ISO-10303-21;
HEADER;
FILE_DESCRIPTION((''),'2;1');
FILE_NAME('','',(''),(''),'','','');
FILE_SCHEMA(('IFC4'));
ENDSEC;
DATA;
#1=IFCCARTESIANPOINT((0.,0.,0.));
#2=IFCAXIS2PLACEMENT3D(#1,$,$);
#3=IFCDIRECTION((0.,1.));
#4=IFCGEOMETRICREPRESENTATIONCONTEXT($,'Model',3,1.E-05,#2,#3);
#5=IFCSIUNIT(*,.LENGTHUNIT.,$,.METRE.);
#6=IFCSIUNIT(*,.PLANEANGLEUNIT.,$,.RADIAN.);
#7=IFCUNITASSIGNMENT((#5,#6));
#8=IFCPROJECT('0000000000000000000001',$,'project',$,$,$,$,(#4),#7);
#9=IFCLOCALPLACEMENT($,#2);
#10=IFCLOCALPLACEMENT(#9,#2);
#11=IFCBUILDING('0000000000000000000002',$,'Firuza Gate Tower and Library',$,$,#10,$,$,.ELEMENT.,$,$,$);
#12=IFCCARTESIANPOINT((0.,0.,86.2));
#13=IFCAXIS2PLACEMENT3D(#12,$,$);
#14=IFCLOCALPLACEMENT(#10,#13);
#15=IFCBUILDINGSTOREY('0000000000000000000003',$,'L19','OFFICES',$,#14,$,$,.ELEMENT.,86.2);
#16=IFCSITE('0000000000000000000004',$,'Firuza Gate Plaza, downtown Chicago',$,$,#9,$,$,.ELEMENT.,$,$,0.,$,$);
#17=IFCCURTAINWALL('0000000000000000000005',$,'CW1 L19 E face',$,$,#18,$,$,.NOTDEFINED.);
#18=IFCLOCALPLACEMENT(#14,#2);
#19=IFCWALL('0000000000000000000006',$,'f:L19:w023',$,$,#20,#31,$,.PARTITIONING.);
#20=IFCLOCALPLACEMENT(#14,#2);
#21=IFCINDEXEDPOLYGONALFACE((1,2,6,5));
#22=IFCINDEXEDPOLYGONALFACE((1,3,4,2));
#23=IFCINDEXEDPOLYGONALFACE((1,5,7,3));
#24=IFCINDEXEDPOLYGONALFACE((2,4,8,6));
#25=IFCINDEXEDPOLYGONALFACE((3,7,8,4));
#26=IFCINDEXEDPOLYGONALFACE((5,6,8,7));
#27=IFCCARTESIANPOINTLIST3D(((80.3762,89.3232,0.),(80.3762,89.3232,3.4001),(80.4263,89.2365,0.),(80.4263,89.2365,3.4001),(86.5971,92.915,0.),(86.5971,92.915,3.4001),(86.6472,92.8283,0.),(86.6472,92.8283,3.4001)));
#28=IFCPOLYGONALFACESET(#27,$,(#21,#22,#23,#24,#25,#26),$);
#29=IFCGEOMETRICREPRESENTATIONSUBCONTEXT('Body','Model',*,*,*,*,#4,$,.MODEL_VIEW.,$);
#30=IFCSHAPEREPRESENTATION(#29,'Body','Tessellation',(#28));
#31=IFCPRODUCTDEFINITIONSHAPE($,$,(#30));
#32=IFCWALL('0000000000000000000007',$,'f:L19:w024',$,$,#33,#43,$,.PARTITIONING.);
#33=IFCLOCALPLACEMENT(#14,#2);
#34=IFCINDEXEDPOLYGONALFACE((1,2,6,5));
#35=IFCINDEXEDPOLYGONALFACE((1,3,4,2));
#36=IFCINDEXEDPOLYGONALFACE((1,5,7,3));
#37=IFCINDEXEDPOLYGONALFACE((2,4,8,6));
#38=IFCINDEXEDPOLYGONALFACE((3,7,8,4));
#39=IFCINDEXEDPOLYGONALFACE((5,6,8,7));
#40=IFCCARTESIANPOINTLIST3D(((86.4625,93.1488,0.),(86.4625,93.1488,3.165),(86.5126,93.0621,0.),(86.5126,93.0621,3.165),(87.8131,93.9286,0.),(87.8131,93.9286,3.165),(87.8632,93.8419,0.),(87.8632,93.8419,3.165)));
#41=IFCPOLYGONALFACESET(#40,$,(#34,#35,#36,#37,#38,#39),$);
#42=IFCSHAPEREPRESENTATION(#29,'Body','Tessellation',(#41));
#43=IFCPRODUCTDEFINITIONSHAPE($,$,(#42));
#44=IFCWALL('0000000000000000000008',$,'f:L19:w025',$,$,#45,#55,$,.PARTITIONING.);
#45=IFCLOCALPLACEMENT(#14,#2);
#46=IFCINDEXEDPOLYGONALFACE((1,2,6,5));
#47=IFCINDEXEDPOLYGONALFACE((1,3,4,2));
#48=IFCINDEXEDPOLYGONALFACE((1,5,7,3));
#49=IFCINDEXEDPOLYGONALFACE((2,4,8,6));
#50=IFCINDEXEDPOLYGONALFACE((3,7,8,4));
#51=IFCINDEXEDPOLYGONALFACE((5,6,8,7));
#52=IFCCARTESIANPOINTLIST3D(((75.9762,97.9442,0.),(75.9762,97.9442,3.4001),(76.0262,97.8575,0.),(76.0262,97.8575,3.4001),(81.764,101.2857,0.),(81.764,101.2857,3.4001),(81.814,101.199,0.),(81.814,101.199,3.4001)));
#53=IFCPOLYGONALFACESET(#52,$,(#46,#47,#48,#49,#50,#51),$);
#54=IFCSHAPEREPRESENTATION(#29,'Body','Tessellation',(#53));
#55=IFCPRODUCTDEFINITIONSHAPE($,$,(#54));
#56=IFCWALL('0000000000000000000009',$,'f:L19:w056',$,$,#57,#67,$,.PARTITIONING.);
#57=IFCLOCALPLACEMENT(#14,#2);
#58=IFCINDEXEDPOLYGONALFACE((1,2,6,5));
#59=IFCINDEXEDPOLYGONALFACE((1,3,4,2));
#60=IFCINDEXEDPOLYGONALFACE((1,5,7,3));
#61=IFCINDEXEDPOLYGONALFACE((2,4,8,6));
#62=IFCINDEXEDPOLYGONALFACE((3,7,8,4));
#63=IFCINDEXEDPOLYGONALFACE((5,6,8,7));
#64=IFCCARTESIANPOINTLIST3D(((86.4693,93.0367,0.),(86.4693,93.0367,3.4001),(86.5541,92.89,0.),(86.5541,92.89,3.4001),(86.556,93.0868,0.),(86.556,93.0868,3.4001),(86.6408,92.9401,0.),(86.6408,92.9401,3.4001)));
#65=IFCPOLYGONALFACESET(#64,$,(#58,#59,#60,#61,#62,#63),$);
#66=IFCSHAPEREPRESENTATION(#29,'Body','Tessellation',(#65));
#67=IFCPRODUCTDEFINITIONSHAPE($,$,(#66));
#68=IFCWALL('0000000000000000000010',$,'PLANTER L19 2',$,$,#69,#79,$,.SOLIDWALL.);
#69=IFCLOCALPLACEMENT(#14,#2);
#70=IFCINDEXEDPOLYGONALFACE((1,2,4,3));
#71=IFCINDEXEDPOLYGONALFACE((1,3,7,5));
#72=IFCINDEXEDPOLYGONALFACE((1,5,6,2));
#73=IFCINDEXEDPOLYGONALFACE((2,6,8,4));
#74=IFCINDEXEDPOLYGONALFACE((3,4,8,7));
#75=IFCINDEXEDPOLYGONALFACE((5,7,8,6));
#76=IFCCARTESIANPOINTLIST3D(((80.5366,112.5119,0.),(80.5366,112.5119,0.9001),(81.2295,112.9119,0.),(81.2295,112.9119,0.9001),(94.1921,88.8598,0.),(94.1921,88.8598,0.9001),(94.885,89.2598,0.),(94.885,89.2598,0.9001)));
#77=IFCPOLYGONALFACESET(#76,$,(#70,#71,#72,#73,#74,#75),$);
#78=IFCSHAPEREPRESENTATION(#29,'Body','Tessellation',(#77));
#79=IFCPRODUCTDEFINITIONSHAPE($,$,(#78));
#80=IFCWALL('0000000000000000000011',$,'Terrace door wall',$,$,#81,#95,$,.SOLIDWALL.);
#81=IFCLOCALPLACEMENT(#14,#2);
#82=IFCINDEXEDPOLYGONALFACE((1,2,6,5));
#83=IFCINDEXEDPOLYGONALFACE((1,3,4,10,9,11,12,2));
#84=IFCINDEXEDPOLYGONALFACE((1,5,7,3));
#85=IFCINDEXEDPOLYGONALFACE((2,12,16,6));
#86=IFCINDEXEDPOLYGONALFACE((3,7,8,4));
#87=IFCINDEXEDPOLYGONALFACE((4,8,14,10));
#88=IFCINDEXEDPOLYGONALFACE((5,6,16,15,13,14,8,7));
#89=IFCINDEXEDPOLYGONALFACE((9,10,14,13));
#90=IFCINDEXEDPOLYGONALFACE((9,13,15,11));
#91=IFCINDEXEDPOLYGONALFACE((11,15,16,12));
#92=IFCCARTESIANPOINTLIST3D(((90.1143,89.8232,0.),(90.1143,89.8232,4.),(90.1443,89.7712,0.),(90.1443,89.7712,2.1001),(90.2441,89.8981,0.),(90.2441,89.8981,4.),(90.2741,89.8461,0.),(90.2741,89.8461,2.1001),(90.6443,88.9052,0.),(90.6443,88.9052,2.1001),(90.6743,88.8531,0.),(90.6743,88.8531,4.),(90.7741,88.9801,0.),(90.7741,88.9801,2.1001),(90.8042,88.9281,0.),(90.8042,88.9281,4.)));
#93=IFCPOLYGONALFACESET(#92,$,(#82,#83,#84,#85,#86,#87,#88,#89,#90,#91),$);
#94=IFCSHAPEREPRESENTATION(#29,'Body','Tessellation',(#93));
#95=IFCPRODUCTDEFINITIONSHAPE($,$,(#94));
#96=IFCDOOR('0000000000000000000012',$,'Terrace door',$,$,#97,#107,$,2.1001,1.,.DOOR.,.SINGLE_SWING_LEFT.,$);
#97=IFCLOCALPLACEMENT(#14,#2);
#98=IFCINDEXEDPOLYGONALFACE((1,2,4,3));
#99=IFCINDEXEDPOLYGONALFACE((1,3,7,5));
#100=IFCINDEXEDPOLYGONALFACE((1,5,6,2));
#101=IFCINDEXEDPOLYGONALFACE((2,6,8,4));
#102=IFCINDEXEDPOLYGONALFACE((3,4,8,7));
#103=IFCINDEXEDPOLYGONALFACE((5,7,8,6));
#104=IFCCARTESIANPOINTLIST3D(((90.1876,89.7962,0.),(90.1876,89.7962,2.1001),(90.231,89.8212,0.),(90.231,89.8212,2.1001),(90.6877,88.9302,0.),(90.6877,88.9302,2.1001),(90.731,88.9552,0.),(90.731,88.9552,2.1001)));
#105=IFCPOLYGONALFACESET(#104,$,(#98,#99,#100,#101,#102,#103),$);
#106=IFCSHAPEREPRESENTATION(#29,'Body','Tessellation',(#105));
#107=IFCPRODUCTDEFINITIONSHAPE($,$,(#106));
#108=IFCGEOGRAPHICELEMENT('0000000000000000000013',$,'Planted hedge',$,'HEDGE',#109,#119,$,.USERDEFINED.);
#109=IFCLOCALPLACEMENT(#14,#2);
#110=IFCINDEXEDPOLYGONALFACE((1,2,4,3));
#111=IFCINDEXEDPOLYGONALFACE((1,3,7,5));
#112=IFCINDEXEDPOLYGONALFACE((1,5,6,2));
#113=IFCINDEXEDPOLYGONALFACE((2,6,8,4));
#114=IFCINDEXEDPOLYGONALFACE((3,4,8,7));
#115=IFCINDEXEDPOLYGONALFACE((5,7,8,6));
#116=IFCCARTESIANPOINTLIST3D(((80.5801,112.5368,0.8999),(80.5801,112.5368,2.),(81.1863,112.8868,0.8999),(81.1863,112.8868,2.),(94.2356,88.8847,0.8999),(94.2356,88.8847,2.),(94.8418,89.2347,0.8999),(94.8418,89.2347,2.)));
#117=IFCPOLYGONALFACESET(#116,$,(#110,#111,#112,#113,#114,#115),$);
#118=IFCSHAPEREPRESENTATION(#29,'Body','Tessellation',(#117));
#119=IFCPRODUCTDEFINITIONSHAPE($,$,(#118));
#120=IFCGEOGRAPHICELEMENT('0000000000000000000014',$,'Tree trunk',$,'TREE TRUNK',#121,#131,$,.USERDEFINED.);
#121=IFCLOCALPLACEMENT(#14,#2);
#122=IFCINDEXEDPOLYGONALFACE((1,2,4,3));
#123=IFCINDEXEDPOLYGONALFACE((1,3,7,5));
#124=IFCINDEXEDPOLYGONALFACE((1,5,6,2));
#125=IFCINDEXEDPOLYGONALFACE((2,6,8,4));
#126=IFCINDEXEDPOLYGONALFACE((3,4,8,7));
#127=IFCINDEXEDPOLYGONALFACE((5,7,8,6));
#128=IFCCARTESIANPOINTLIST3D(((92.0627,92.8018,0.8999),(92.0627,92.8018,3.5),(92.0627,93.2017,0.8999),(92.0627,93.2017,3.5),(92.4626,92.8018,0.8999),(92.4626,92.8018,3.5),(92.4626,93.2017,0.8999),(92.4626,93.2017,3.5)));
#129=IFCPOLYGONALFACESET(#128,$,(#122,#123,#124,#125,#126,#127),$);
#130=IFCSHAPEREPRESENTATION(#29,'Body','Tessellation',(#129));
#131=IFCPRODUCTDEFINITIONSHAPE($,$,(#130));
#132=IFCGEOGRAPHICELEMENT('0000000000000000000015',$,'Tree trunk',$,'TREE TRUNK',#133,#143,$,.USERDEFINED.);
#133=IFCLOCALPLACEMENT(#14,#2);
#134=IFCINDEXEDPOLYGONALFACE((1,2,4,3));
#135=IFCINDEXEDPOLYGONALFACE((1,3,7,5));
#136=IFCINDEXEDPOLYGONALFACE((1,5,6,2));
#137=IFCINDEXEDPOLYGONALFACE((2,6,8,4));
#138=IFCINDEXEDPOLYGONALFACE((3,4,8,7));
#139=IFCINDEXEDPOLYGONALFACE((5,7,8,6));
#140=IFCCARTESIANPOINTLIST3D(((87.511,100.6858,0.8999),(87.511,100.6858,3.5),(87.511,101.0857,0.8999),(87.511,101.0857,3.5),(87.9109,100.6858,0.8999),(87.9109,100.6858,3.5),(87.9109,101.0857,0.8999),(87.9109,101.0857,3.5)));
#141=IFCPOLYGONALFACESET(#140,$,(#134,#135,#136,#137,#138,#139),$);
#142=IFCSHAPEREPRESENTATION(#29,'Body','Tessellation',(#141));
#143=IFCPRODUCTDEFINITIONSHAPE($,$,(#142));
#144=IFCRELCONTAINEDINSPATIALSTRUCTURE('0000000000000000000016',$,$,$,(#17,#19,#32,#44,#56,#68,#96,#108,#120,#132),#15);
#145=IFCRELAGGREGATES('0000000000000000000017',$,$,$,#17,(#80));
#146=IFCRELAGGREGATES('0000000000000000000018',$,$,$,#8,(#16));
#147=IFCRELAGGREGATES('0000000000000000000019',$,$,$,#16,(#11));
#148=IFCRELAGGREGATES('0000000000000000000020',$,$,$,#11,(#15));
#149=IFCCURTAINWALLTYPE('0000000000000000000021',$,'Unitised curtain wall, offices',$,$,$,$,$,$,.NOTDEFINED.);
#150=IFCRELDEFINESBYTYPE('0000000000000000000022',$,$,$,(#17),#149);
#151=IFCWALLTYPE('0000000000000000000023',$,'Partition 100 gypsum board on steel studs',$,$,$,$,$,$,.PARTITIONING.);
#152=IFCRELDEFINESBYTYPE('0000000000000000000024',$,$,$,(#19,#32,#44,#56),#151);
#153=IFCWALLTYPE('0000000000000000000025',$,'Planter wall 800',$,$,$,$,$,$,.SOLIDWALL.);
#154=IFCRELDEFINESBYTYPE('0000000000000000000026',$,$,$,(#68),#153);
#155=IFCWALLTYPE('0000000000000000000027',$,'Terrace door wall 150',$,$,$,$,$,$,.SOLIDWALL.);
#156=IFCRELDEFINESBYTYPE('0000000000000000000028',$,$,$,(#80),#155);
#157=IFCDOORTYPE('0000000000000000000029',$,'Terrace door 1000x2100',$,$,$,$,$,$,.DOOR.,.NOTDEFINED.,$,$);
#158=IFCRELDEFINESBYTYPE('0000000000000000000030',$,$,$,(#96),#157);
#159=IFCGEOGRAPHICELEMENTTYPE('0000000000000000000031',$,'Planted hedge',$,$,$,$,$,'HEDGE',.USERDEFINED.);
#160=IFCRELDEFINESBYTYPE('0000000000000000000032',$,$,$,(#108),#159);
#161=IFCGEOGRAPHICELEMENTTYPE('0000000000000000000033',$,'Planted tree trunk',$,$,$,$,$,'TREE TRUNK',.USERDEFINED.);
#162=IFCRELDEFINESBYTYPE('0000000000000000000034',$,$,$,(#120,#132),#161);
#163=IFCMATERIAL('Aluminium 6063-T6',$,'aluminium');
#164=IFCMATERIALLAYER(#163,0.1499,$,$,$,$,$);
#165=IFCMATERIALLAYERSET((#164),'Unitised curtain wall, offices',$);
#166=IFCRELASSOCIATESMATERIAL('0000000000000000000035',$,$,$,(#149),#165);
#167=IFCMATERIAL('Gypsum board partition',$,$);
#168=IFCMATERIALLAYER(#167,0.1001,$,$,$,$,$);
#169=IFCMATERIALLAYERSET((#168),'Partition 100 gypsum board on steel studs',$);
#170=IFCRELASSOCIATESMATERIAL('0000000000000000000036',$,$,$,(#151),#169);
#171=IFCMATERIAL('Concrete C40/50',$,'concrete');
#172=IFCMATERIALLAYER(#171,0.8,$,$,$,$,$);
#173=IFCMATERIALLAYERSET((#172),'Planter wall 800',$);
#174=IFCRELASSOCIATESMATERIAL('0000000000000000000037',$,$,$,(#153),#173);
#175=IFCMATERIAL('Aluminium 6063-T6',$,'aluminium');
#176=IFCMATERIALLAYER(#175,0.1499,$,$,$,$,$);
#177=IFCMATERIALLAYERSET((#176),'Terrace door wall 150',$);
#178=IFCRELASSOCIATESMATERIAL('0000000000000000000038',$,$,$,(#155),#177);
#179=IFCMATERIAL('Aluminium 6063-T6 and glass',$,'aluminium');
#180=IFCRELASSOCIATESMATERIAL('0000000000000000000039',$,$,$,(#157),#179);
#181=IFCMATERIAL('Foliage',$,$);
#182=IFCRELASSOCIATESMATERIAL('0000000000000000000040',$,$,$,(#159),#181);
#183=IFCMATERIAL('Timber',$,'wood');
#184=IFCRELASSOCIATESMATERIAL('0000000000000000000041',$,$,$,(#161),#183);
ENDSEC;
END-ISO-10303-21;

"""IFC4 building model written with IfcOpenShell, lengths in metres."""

from ifc_helpers import new_model, si_unit, direction, frame, frame_2d, origin, origin_2d, place, context, subcontext, project, spatial, rectangle, extrude, material, layer, layer_set, type_object, element, fill, aggregate, save


model = new_model("IFC4")

# Units and contexts
model_context = context("Model", 3, precision=1e-05, world=origin(), true_north=direction((0.0, 1.0)))
body_context = subcontext(model_context, "Body", "Model", "MODEL_VIEW")
ifc_project = project(units=[si_unit("LENGTHUNIT", "METRE"), si_unit("PLANEANGLEUNIT", "RADIAN")], contexts=[model_context])

# Site, building, storey
site_placement = place(None, origin())
site = spatial("IfcSite", under=ifc_project, at=site_placement, Name="Firuza Gate Plaza, downtown Chicago", CompositionType="ELEMENT", RefElevation=0.0)
building_placement = place(site_placement, origin())
building = spatial("IfcBuilding", under=site, at=building_placement, Name="Firuza Gate Tower and Library", CompositionType="ELEMENT")
storey_placement = place(building_placement, frame((0.0, 0.0, 86.2)))
storey = spatial("IfcBuildingStorey", under=building, at=storey_placement, Name="L19", Description="OFFICES", CompositionType="ELEMENT", Elevation=86.2)

# Curtain wall
ifc_material_1 = material(Name="Aluminium 6063-T6", Category="aluminium")
ifc_layer_1 = layer(ifc_material_1, 0.1499)
ifc_layer_set_1 = layer_set([ifc_layer_1], Name="Unitised curtain wall, offices")
curtain_wall_type = type_object("IfcCurtainWallType", Name="Unitised curtain wall, offices", PredefinedType="NOTDEFINED", material=ifc_layer_set_1)
curtain_wall_placement = place(storey_placement, origin())
curtain_wall = element("IfcCurtainWall", 1, at=curtain_wall_placement, inside=storey, type_object=curtain_wall_type, Name="CW1 L19 E face", PredefinedType="NOTDEFINED")

# Walls
ifc_material_2 = material(Name="Gypsum board partition")
ifc_layer_2 = layer(ifc_material_2, 0.1001)
ifc_layer_set_2 = layer_set([ifc_layer_2], Name="Partition 100 gypsum board on steel studs")
wall_type_1 = type_object("IfcWallType", Name="Partition 100 gypsum board on steel studs", PredefinedType="PARTITIONING", material=ifc_layer_set_2)
wall_1_placement = place(storey_placement, frame((80.4011, 89.2798, 0.0), z_axis=(0.0, 0.0, 1.0), x_axis=(0.866017, 0.500014, 0.0)))
element("IfcWall", 2, at=wall_1_placement, inside=storey, type_object=wall_type_1, Name="f:L19:w023", PredefinedType="PARTITIONING", context=body_context, shape_type="SweptSolid", body=[
    extrude(rectangle(XDim=7.1833, YDim=0.1001, at=frame_2d((3.5918, 0.0))), origin(), (0.0, 0.0, 1.0), 3.4001),
])
wall_2_placement = place(storey_placement, frame((86.4875, 93.1055, 0.0), z_axis=(0.0, 0.0, 1.0), x_axis=(0.866019, 0.500012, 0.0)))
element("IfcWall", 3, at=wall_2_placement, inside=storey, type_object=wall_type_1, Name="f:L19:w024", PredefinedType="PARTITIONING", context=body_context, shape_type="SweptSolid", body=[
    extrude(rectangle(XDim=1.5596, YDim=0.1001, at=frame_2d((0.7798, 0.0))), origin(), (0.0, 0.0, 1.0), 3.165),
])
wall_3_placement = place(storey_placement, frame((76.0012, 97.9009, 0.0), z_axis=(0.0, 0.0, 1.0), x_axis=(0.866029, 0.499993, 0.0)))
element("IfcWall", 4, at=wall_3_placement, inside=storey, type_object=wall_type_1, Name="f:L19:w025", PredefinedType="PARTITIONING", context=body_context, shape_type="SweptSolid", body=[
    extrude(rectangle(XDim=6.6831, YDim=0.1001, at=frame_2d((3.3416, 0.0))), origin(), (0.0, 0.0, 1.0), 3.4001),
])
wall_4_placement = place(storey_placement, frame((86.5974, 92.915, 0.0), z_axis=(0.0, 0.0, 1.0), x_axis=(-0.500013, 0.866018, 0.0)))
element("IfcWall", 5, at=wall_4_placement, inside=storey, type_object=wall_type_1, Name="f:L19:w056", PredefinedType="PARTITIONING", context=body_context, shape_type="SweptSolid", body=[
    extrude(rectangle(XDim=0.1694, YDim=0.1001, at=frame_2d((0.0847, 0.0))), origin(), (0.0, 0.0, 1.0), 3.4001),
])
ifc_material_3 = material(Name="Concrete C40/50", Category="concrete")
ifc_layer_3 = layer(ifc_material_3, 0.8)
ifc_layer_set_3 = layer_set([ifc_layer_3], Name="Planter wall 800")
wall_type_2 = type_object("IfcWallType", Name="Planter wall 800", PredefinedType="SOLIDWALL", material=ifc_layer_set_3)
wall_5_placement = place(storey_placement, frame((94.5386, 89.0598, 0.0), z_axis=(0.0, 0.0, 1.0), x_axis=(-0.499999, 0.866026, 0.0)))
element("IfcWall", 6, at=wall_5_placement, inside=storey, type_object=wall_type_2, Name="PLANTER L19 2", PredefinedType="SOLIDWALL", context=body_context, shape_type="SweptSolid", body=[
    extrude(rectangle(XDim=27.311, YDim=0.8, at=frame_2d((13.6555, 0.0))), origin(), (0.0, 0.0, 1.0), 0.9001),
])

# Wall, opening, door
ifc_material_4 = material(Name="Aluminium 6063-T6", Category="aluminium")
ifc_layer_4 = layer(ifc_material_4, 0.1499)
ifc_layer_set_4 = layer_set([ifc_layer_4], Name="Terrace door wall 150")
wall_type_3 = type_object("IfcWallType", Name="Terrace door wall 150", PredefinedType="SOLIDWALL", material=ifc_layer_set_4)
wall_6_placement = place(storey_placement, frame((90.7393, 88.8906, 0.0), z_axis=(0.0, 0.0, 1.0), x_axis=(-0.500031, 0.866008, 0.0)))
wall_6 = element("IfcWall", 7, at=wall_6_placement, type_object=wall_type_3, Name="Terrace door wall", PredefinedType="SOLIDWALL", context=body_context, shape_type="SweptSolid", body=[
    extrude(rectangle(XDim=1.1201, YDim=0.1499, at=frame_2d((0.5601, 0.0))), origin(), (0.0, 0.0, 1.0), 4.0),
])
opening_1_placement = place(wall_6_placement, frame((0.0601, 0.0, 0.0)))
opening_1 = element("IfcOpeningElement", 8, at=opening_1_placement, cuts=wall_6, PredefinedType="OPENING", context=body_context, shape_type="SweptSolid", body=[
    extrude(rectangle(XDim=1.0, YDim=2.1001, at=frame_2d((0.5, 1.05))), frame((0.0, 0.085, 0.0), z_axis=(0.0, -1.0, 0.0), x_axis=(1.0, 0.0, 0.0)), (0.0, 0.0, 1.0), 0.1699),
])
ifc_material_5 = material(Name="Aluminium 6063-T6 and glass", Category="aluminium")
door_type_1 = type_object("IfcDoorType", Name="Terrace door 1000x2100", OperationType="NOTDEFINED", PredefinedType="DOOR", material=ifc_material_5)
door_1_placement = place(opening_1_placement, origin())
door_1 = element("IfcDoor", 9, at=door_1_placement, inside=storey, type_object=door_type_1, Name="Terrace door", OperationType="SINGLE_SWING_LEFT", OverallHeight=2.1001, OverallWidth=1.0, PredefinedType="DOOR", context=body_context, shape_type="SweptSolid", body=[
    extrude(rectangle(XDim=1.0, YDim=2.1001, at=frame_2d((0.5, 1.05))), frame((0.0, 0.0249, 0.0), z_axis=(0.0, -1.0, 0.0), x_axis=(1.0, 0.0, 0.0)), (0.0, 0.0, 1.0), 0.05),
])
fill(opening_1, door_1)
aggregate(curtain_wall, [wall_6])

# Geographic elements
ifc_material_6 = material(Name="Foliage")
geographic_element_type_1 = type_object("IfcGeographicElementType", Name="Planted hedge", ElementType="HEDGE", PredefinedType="USERDEFINED", material=ifc_material_6)
geographic_element_placement = place(storey_placement, frame((87.7109, 100.8857, 0.8999), z_axis=(0.0, 0.0, 1.0), x_axis=(-0.5, 0.866025, 0.0)))
element("IfcGeographicElement", 10, at=geographic_element_placement, inside=storey, type_object=geographic_element_type_1, Name="Planted hedge", ObjectType="HEDGE", PredefinedType="USERDEFINED", context=body_context, shape_type="SweptSolid", body=[
    extrude(rectangle(XDim=27.311, YDim=0.7, at=origin_2d()), origin(), (0.0, 0.0, 1.0), 1.1001),
])
ifc_material_7 = material(Name="Timber", Category="wood")
geographic_element_type_2 = type_object("IfcGeographicElementType", Name="Planted tree trunk", ElementType="TREE TRUNK", PredefinedType="USERDEFINED", material=ifc_material_7)
for number, where, z_axis, x_axis, name in (
    (11, (92.2627, 93.0017, 0.8999), (0.0, 0.0, 1.0), (1.0, 0.0, 0.0), "Tree trunk"),
    (12, (87.7109, 100.8857, 0.8999), (0.0, 0.0, 1.0), (1.0, 0.0, 0.0), "Tree trunk"),
):
    element("IfcGeographicElement", number, at=place(storey_placement, frame(where, z_axis=z_axis, x_axis=x_axis)), inside=storey, type_object=geographic_element_type_2, Name=name, ObjectType="TREE TRUNK", PredefinedType="USERDEFINED", context=body_context, shape_type="SweptSolid", body=[
        extrude(rectangle(XDim=0.3999, YDim=0.3999, at=origin_2d()), origin(), (0.0, 0.0, 1.0), 2.6001),
    ])

save(model, "model.ifc")
